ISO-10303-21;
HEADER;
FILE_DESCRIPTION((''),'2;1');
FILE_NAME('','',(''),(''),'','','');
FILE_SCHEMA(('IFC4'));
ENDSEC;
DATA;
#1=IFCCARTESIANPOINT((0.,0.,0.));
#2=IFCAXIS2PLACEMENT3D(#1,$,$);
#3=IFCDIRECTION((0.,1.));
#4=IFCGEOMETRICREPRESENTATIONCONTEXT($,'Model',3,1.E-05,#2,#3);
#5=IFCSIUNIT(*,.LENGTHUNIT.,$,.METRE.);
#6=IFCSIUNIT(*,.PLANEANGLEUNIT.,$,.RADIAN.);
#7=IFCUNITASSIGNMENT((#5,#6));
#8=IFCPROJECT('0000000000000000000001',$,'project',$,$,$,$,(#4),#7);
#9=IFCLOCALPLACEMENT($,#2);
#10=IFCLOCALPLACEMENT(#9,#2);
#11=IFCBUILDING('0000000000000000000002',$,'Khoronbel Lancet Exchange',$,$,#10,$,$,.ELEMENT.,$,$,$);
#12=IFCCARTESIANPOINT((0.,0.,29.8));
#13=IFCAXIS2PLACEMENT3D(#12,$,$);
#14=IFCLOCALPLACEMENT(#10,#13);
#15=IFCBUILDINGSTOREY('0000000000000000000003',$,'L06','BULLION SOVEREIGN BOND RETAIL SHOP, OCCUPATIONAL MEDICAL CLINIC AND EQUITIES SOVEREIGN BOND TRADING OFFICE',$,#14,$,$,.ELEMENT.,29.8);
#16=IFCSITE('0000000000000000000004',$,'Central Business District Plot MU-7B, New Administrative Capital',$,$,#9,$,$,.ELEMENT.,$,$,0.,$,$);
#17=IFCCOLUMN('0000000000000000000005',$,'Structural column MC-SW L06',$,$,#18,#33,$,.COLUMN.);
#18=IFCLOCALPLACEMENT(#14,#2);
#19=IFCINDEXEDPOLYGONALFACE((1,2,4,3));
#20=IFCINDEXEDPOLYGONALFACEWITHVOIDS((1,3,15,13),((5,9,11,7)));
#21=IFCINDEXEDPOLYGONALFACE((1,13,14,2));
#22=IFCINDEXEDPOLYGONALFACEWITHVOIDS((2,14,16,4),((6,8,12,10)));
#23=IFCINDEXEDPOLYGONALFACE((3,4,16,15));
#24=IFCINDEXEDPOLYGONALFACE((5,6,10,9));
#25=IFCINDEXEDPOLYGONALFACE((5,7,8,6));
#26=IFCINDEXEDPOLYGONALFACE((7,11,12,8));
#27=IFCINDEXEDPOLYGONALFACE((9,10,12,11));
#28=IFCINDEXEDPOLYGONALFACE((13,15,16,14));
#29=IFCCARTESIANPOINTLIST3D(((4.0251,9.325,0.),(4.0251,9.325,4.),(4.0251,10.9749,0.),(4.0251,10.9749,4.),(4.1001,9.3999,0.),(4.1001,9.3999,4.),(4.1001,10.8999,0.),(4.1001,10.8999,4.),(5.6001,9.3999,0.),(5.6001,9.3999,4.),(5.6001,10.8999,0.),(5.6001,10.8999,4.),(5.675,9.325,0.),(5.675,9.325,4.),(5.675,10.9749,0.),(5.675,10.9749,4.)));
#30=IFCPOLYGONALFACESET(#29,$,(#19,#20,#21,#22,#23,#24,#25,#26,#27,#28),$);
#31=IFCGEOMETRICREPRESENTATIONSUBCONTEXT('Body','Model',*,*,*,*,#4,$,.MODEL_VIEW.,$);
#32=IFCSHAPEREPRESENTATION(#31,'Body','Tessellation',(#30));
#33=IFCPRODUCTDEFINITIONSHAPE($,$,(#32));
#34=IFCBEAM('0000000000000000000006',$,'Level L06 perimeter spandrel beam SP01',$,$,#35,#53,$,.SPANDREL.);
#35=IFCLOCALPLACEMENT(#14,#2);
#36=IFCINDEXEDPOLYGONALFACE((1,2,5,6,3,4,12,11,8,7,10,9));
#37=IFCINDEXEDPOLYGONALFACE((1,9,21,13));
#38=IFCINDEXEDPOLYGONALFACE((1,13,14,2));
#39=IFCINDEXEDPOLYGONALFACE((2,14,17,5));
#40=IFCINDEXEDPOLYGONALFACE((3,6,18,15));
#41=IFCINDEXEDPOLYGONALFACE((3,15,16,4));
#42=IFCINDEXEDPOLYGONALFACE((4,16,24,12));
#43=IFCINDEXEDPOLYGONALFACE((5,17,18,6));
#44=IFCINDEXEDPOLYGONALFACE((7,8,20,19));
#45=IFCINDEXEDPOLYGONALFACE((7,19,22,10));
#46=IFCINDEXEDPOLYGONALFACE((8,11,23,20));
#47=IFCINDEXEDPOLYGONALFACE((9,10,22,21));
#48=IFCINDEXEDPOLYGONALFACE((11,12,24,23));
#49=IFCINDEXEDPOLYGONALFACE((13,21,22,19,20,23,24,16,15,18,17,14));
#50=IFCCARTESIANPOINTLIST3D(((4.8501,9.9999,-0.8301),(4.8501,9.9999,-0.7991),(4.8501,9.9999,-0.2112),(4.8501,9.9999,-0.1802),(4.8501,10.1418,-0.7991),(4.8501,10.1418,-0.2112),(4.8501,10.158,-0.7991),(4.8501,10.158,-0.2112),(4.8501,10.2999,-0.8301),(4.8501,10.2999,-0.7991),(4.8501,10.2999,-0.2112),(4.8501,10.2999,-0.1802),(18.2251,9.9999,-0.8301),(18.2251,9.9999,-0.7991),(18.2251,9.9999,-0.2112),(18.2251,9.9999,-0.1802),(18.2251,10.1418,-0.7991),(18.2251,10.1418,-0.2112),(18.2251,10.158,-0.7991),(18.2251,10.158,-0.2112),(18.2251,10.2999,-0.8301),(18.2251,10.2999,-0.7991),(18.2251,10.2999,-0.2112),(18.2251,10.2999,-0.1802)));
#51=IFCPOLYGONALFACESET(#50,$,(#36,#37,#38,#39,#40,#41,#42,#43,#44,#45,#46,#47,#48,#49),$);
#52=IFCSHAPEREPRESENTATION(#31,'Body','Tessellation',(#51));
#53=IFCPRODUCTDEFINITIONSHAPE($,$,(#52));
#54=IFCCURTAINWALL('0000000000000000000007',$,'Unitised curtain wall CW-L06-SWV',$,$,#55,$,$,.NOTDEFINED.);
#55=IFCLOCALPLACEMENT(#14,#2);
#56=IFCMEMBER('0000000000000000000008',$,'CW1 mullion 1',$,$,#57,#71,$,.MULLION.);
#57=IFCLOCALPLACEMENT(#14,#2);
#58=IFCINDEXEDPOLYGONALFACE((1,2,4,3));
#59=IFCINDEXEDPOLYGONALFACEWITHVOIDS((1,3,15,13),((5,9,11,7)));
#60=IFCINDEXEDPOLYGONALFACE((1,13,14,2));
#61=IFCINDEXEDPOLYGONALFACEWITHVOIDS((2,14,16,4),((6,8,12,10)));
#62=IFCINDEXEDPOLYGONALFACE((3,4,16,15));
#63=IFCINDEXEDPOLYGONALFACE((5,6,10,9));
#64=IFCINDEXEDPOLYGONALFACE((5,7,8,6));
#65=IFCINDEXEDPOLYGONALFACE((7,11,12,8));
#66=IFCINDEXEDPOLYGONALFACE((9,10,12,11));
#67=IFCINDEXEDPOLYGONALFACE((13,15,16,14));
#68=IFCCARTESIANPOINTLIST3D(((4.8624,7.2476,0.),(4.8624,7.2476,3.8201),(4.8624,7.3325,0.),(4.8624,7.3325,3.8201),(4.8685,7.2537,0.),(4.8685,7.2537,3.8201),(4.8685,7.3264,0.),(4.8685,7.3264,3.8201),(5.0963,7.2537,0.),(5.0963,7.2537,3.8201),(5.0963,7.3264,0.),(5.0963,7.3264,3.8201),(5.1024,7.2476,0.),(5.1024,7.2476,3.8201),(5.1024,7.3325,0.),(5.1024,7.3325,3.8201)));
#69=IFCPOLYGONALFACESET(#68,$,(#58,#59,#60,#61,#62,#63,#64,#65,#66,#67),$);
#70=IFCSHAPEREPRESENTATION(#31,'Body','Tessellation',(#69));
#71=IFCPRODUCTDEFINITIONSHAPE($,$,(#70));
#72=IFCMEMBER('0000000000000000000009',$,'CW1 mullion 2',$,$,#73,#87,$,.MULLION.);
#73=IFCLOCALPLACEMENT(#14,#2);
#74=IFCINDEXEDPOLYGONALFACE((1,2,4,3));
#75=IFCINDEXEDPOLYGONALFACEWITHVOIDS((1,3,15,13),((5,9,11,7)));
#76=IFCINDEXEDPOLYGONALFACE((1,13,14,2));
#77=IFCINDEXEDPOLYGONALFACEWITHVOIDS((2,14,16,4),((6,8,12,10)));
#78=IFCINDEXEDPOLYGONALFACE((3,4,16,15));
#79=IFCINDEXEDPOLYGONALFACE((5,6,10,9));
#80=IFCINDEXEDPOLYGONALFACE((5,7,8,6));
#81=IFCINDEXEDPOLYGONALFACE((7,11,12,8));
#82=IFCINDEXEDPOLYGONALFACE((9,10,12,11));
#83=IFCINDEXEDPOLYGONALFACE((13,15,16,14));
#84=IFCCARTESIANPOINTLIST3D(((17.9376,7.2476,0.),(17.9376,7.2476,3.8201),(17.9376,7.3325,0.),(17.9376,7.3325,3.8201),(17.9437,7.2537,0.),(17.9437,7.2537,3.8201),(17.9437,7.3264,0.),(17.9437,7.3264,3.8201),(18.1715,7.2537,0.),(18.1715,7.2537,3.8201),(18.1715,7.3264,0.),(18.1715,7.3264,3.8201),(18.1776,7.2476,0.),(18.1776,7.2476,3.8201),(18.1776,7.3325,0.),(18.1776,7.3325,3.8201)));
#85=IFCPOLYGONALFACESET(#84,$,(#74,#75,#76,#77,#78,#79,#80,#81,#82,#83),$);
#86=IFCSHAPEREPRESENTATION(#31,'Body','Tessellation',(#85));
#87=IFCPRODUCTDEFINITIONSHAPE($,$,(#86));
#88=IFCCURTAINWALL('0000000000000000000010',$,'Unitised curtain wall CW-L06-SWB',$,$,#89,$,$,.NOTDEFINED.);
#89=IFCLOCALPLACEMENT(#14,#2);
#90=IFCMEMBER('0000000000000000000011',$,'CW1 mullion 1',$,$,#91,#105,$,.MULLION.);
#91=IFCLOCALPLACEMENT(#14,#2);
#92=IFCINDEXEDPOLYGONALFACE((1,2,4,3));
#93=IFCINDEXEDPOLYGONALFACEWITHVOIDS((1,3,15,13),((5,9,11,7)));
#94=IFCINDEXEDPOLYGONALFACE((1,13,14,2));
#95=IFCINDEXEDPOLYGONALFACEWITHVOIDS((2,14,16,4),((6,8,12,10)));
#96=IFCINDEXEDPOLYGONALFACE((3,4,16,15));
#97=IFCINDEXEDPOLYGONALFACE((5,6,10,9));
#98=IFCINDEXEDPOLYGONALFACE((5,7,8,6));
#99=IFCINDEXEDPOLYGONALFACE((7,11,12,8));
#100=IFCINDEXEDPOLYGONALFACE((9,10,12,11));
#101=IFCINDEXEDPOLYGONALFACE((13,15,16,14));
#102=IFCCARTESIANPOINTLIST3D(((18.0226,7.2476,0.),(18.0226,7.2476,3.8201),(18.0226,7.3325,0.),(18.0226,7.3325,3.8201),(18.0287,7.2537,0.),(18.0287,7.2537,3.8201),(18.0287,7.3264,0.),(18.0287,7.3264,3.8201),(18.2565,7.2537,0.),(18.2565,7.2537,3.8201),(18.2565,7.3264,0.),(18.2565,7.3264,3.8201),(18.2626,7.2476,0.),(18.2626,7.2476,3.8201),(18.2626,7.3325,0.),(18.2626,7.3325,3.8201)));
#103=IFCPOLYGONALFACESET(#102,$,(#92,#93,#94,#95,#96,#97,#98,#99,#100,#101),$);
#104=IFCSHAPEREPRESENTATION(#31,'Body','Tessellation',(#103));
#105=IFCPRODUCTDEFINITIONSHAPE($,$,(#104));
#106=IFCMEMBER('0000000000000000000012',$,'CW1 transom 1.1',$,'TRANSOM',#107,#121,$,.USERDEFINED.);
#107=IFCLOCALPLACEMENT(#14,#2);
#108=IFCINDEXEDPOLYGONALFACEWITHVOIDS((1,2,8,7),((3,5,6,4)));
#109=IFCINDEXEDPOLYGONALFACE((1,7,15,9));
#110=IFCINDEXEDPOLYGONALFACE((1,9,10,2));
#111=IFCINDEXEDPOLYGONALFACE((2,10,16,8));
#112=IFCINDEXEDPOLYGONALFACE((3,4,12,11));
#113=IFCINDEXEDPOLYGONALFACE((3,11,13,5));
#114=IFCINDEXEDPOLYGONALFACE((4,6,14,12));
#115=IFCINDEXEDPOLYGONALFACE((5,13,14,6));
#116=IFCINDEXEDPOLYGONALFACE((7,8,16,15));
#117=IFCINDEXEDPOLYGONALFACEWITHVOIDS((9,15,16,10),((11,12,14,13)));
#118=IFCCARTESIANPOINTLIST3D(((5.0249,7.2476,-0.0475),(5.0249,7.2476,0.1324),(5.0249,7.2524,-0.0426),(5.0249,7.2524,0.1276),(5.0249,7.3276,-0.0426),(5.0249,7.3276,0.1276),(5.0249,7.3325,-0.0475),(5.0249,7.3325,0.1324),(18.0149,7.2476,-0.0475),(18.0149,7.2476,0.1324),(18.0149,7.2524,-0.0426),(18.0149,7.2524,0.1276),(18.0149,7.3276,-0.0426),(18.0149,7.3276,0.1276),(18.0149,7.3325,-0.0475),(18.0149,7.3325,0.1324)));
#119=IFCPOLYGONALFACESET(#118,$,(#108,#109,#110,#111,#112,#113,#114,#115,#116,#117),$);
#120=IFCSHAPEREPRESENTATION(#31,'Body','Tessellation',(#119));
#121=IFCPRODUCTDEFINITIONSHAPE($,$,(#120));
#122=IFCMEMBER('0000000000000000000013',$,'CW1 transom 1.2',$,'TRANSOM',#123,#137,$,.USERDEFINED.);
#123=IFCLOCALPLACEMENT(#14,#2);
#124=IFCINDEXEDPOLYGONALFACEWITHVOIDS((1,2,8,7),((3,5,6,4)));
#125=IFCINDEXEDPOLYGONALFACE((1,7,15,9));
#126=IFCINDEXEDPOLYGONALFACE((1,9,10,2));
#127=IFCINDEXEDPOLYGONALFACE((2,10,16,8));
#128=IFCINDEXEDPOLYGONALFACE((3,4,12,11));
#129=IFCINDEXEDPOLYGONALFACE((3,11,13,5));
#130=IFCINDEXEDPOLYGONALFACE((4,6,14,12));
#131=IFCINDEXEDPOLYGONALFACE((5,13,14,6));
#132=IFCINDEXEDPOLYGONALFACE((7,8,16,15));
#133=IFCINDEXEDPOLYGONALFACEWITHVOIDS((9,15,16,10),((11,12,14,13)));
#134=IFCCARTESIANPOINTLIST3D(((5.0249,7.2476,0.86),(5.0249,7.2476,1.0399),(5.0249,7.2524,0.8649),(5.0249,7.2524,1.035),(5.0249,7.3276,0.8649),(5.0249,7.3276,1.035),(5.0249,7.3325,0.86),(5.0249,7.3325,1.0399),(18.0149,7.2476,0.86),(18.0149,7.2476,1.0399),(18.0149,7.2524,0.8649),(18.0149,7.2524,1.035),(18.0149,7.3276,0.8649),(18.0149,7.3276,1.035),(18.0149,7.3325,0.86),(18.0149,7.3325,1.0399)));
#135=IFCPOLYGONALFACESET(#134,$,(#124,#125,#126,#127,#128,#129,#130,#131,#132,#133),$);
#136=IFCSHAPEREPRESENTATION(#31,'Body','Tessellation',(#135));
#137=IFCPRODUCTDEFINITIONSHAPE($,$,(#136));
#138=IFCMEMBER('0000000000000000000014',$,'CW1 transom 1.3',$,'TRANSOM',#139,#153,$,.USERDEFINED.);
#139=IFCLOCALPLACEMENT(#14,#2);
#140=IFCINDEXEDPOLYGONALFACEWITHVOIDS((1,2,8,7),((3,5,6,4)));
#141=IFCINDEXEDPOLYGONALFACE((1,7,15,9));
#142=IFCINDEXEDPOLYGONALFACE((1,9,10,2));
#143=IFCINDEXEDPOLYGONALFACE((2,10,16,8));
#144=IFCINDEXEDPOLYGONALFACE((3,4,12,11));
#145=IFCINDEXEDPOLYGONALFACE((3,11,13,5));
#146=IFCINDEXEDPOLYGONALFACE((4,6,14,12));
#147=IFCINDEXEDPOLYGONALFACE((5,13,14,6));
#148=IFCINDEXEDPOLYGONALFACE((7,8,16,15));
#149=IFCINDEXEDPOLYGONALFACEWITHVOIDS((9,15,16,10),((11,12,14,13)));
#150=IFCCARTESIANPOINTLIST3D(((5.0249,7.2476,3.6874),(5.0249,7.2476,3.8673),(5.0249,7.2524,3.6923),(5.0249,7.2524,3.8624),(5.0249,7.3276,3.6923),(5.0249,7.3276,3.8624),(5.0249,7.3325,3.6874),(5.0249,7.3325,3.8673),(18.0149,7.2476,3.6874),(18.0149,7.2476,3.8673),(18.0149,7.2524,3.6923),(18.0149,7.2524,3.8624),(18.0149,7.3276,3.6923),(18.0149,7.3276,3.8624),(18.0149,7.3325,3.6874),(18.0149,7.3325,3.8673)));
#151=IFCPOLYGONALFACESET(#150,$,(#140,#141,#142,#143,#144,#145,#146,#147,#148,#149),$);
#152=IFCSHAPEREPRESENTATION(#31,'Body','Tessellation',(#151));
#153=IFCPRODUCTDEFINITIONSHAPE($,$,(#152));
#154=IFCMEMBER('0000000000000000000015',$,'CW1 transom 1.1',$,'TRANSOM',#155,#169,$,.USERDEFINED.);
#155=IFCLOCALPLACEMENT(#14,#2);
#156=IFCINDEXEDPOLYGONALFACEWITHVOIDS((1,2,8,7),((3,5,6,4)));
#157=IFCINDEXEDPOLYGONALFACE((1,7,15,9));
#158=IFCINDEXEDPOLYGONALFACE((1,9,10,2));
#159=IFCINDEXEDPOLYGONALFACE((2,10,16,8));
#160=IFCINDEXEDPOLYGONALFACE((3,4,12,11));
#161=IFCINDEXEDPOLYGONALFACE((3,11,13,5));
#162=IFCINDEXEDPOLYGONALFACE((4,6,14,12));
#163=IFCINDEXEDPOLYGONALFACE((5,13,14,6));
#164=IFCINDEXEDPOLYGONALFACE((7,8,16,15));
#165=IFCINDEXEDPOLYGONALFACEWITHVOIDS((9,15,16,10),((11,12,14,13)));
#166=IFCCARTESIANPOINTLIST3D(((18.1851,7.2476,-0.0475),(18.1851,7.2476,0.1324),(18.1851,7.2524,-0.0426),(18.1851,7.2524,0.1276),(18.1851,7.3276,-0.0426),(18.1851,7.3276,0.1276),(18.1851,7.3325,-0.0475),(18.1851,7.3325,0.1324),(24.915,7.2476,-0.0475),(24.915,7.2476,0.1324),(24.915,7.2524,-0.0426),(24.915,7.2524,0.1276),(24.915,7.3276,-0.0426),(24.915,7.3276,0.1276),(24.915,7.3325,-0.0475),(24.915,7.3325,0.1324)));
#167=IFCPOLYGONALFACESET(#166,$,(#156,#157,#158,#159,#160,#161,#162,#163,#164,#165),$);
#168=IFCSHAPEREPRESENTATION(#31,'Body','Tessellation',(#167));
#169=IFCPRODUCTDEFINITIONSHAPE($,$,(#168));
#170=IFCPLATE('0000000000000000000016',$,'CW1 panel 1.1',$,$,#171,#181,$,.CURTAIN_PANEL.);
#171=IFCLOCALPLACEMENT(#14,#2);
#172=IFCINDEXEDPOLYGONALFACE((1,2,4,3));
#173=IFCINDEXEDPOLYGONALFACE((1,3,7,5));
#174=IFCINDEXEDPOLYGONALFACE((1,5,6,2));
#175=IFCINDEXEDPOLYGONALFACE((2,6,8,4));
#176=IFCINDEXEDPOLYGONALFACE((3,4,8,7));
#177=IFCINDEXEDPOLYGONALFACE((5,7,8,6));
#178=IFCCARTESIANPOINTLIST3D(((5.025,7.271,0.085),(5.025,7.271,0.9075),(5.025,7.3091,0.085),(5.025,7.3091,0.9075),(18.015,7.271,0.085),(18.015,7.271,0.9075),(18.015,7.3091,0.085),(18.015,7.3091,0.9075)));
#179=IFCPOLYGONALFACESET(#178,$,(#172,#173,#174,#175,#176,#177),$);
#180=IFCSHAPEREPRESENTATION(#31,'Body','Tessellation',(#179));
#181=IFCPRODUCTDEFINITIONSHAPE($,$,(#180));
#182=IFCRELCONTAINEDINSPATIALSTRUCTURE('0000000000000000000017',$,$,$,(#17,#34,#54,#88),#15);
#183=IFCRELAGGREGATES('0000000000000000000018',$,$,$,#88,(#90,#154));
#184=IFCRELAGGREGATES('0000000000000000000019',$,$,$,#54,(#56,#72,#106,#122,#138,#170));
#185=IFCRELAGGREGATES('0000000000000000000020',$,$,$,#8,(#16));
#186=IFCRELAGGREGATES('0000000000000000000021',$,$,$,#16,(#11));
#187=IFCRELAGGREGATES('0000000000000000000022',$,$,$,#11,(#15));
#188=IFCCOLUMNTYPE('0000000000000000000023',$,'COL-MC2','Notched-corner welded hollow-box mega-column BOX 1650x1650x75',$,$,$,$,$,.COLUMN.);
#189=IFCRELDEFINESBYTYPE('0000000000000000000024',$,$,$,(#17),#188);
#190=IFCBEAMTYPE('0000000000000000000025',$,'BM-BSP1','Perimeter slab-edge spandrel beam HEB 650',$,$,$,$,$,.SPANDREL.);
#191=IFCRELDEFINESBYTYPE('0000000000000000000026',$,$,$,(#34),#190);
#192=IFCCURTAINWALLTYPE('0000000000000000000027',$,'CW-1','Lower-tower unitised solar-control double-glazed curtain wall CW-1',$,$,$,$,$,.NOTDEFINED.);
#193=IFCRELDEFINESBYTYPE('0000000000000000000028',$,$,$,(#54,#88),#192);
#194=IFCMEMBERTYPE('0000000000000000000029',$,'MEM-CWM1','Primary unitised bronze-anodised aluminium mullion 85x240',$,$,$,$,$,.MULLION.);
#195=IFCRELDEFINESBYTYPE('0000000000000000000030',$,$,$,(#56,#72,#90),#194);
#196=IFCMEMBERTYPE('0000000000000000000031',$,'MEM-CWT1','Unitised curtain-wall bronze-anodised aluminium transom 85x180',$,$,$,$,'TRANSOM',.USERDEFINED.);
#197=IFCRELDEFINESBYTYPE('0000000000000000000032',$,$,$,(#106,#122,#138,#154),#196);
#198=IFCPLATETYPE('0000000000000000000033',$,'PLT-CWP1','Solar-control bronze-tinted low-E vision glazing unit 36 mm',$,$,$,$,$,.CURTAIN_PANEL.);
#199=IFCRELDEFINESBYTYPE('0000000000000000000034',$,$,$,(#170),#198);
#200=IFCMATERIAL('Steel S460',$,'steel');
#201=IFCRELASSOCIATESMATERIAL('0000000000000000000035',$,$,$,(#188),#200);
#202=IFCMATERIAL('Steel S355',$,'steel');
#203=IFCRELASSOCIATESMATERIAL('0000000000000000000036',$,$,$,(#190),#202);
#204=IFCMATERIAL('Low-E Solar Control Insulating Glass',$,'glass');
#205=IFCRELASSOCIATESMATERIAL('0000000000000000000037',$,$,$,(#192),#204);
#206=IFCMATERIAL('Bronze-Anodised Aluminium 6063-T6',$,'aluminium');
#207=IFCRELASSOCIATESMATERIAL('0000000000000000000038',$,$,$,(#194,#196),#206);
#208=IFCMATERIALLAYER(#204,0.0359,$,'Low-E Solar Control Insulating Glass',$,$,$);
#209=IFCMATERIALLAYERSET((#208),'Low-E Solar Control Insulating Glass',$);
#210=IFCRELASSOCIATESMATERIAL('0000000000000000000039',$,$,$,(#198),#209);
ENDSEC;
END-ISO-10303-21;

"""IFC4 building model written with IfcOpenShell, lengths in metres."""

from ifc_helpers import new_model, si_unit, direction, frame, origin, origin_2d, place, context, subcontext, project, spatial, rectangle, hollow_rectangle, i_section, extrude, material, layer, layer_set, material_profile, profile_set, type_object, element, aggregate, save


model = new_model("IFC4")

# Units and contexts
model_context = context("Model", 3, precision=1e-05, world=origin(), true_north=direction((0.0, 1.0)))
body_context = subcontext(model_context, "Body", "Model", "MODEL_VIEW")
ifc_project = project(units=[si_unit("LENGTHUNIT", "METRE"), si_unit("PLANEANGLEUNIT", "RADIAN")], contexts=[model_context])

# Site, building, storey
site_placement = place(None, origin())
site = spatial("IfcSite", under=ifc_project, at=site_placement, Name="Central Business District Plot MU-7B, New Administrative Capital", CompositionType="ELEMENT", RefElevation=0.0)
building_placement = place(site_placement, origin())
building = spatial("IfcBuilding", under=site, at=building_placement, Name="Khoronbel Lancet Exchange", CompositionType="ELEMENT")
storey_placement = place(building_placement, frame((0.0, 0.0, 29.8)))
storey = spatial("IfcBuildingStorey", under=building, at=storey_placement, Name="L06", Description="BULLION SOVEREIGN BOND RETAIL SHOP, OCCUPATIONAL MEDICAL CLINIC AND EQUITIES SOVEREIGN BOND TRADING OFFICE", CompositionType="ELEMENT", Elevation=29.8)

# Column
ifc_material_1 = material(Name="Steel S460", Category="steel")
ifc_material_profile_1 = material_profile(ifc_material_1, hollow_rectangle(XDim=1.6499, YDim=1.6499, WallThickness=0.075, at=origin_2d()), Name="BOX 1650x1650x75")
ifc_profile_set_1 = profile_set([ifc_material_profile_1], Name="Steel S460")
column_type = type_object("IfcColumnType", Name="COL-MC2", Description="Notched-corner welded hollow-box mega-column BOX 1650x1650x75", PredefinedType="COLUMN", material=ifc_profile_set_1)
column_placement = place(storey_placement, frame((4.8501, 10.1499, 0.0), z_axis=(0.0, 0.0, 1.0), x_axis=(1.0, 0.0, 0.0)))
element("IfcColumn", 1, at=column_placement, inside=storey, type_object=column_type, Name="Structural column MC-SW L06", PredefinedType="COLUMN", context=body_context, shape_type="SweptSolid", body=[
    extrude(hollow_rectangle(XDim=1.6499, YDim=1.6499, WallThickness=0.075, at=origin_2d()), origin(), (0.0, 0.0, 1.0), 4.0),
])

# Beam
ifc_material_2 = material(Name="Steel S355", Category="steel")
ifc_material_profile_2 = material_profile(ifc_material_2, i_section(OverallWidth=0.3, OverallDepth=0.6499, WebThickness=0.0161, FlangeThickness=0.031, at=origin_2d()), Name="HEB 650")
ifc_profile_set_2 = profile_set([ifc_material_profile_2], Name="Steel S355")
beam_type = type_object("IfcBeamType", Name="BM-BSP1", Description="Perimeter slab-edge spandrel beam HEB 650", PredefinedType="SPANDREL", material=ifc_profile_set_2)
beam_placement = place(storey_placement, frame((4.8501, 10.1499, -0.5051), z_axis=(1.0, 0.0, 0.0), x_axis=(0.0, 1.0, 0.0)))
element("IfcBeam", 2, at=beam_placement, inside=storey, type_object=beam_type, Name="Level L06 perimeter spandrel beam SP01", PredefinedType="SPANDREL", context=body_context, shape_type="SweptSolid", body=[
    extrude(i_section(OverallWidth=0.3, OverallDepth=0.6499, WebThickness=0.0161, FlangeThickness=0.031, at=origin_2d()), origin(), (0.0, 0.0, 1.0), 13.375),
])

# Curtain wall, members
ifc_material_3 = material(Name="Low-E Solar Control Insulating Glass", Category="glass")
curtain_wall_type = type_object("IfcCurtainWallType", Name="CW-1", Description="Lower-tower unitised solar-control double-glazed curtain wall CW-1", PredefinedType="NOTDEFINED", material=ifc_material_3)
curtain_wall_1_placement = place(storey_placement, origin())
curtain_wall_1 = element("IfcCurtainWall", 3, at=curtain_wall_1_placement, inside=storey, type_object=curtain_wall_type, Name="Unitised curtain wall CW-L06-SWV", PredefinedType="NOTDEFINED")
ifc_material_4 = material(Name="Bronze-Anodised Aluminium 6063-T6", Category="aluminium")
ifc_material_profile_3 = material_profile(ifc_material_4, hollow_rectangle(XDim=0.085, YDim=0.24, WallThickness=0.0061, at=origin_2d()), Name="ALU MULLION 85x240")
ifc_profile_set_3 = profile_set([ifc_material_profile_3], Name="Bronze-Anodised Aluminium 6063-T6")
member_type_1 = type_object("IfcMemberType", Name="MEM-CWM1", Description="Primary unitised bronze-anodised aluminium mullion 85x240", PredefinedType="MULLION", material=ifc_profile_set_3)
member_1_placement = place(storey_placement, frame((4.9824, 7.29, 0.0), z_axis=(0.0, 0.0, 1.0), x_axis=(0.0, 1.0, 0.0)))
member_1 = element("IfcMember", 4, at=member_1_placement, type_object=member_type_1, Name="CW1 mullion 1", PredefinedType="MULLION", context=body_context, shape_type="SweptSolid", body=[
    extrude(hollow_rectangle(XDim=0.085, YDim=0.24, WallThickness=0.0061, at=origin_2d()), origin(), (0.0, 0.0, 1.0), 3.8201),
])
member_2_placement = place(storey_placement, frame((18.0576, 7.29, 0.0), z_axis=(0.0, 0.0, 1.0), x_axis=(0.0, 1.0, 0.0)))
member_2 = element("IfcMember", 5, at=member_2_placement, type_object=member_type_1, Name="CW1 mullion 2", PredefinedType="MULLION", context=body_context, shape_type="SweptSolid", body=[
    extrude(hollow_rectangle(XDim=0.085, YDim=0.24, WallThickness=0.0061, at=origin_2d()), origin(), (0.0, 0.0, 1.0), 3.8201),
])

# Curtain wall, member
curtain_wall_2_placement = place(storey_placement, origin())
curtain_wall_2 = element("IfcCurtainWall", 6, at=curtain_wall_2_placement, inside=storey, type_object=curtain_wall_type, Name="Unitised curtain wall CW-L06-SWB", PredefinedType="NOTDEFINED")
member_3_placement = place(storey_placement, frame((18.1426, 7.29, 0.0), z_axis=(0.0, 0.0, 1.0), x_axis=(0.0, 1.0, 0.0)))
member_3 = element("IfcMember", 7, at=member_3_placement, type_object=member_type_1, Name="CW1 mullion 1", PredefinedType="MULLION", context=body_context, shape_type="SweptSolid", body=[
    extrude(hollow_rectangle(XDim=0.085, YDim=0.24, WallThickness=0.0061, at=origin_2d()), origin(), (0.0, 0.0, 1.0), 3.8201),
])

# Members
ifc_material_profile_4 = material_profile(ifc_material_4, hollow_rectangle(XDim=0.085, YDim=0.1799, WallThickness=0.0049, at=origin_2d()), Name="ALU TRANSOM 85x180")
ifc_profile_set_4 = profile_set([ifc_material_profile_4], Name="Bronze-Anodised Aluminium 6063-T6")
member_type_2 = type_object("IfcMemberType", Name="MEM-CWT1", Description="Unitised curtain-wall bronze-anodised aluminium transom 85x180", ElementType="TRANSOM", PredefinedType="USERDEFINED", material=ifc_profile_set_4)
member_4_placement = place(storey_placement, frame((5.0249, 7.29, 0.0425), z_axis=(1.0, 0.0, 0.0), x_axis=(0.0, 1.0, 0.0)))
member_4 = element("IfcMember", 8, at=member_4_placement, type_object=member_type_2, Name="CW1 transom 1.1", ObjectType="TRANSOM", PredefinedType="USERDEFINED", context=body_context, shape_type="SweptSolid", body=[
    extrude(hollow_rectangle(XDim=0.085, YDim=0.1799, WallThickness=0.0049, at=origin_2d()), origin(), (0.0, 0.0, 1.0), 12.99),
])
member_5_placement = place(storey_placement, frame((5.0249, 7.29, 0.95), z_axis=(1.0, 0.0, 0.0), x_axis=(0.0, 1.0, 0.0)))
member_5 = element("IfcMember", 9, at=member_5_placement, type_object=member_type_2, Name="CW1 transom 1.2", ObjectType="TRANSOM", PredefinedType="USERDEFINED", context=body_context, shape_type="SweptSolid", body=[
    extrude(hollow_rectangle(XDim=0.085, YDim=0.1799, WallThickness=0.0049, at=origin_2d()), origin(), (0.0, 0.0, 1.0), 12.99),
])
member_6_placement = place(storey_placement, frame((5.0249, 7.29, 3.7773), z_axis=(1.0, 0.0, 0.0), x_axis=(0.0, 1.0, 0.0)))
member_6 = element("IfcMember", 10, at=member_6_placement, type_object=member_type_2, Name="CW1 transom 1.3", ObjectType="TRANSOM", PredefinedType="USERDEFINED", context=body_context, shape_type="SweptSolid", body=[
    extrude(hollow_rectangle(XDim=0.085, YDim=0.1799, WallThickness=0.0049, at=origin_2d()), origin(), (0.0, 0.0, 1.0), 12.99),
])
member_7_placement = place(storey_placement, frame((18.1851, 7.29, 0.0425), z_axis=(1.0, 0.0, 0.0), x_axis=(0.0, 1.0, 0.0)))
member_7 = element("IfcMember", 11, at=member_7_placement, type_object=member_type_2, Name="CW1 transom 1.1", ObjectType="TRANSOM", PredefinedType="USERDEFINED", context=body_context, shape_type="SweptSolid", body=[
    extrude(hollow_rectangle(XDim=0.085, YDim=0.1799, WallThickness=0.0049, at=origin_2d()), origin(), (0.0, 0.0, 1.0), 6.73),
])
aggregate(curtain_wall_2, [member_3, member_7])

# Plate
ifc_layer_1 = layer(ifc_material_3, 0.0359, Name="Low-E Solar Control Insulating Glass")
ifc_layer_set_1 = layer_set([ifc_layer_1], Name="Low-E Solar Control Insulating Glass")
plate_type = type_object("IfcPlateType", Name="PLT-CWP1", Description="Solar-control bronze-tinted low-E vision glazing unit 36 mm", PredefinedType="CURTAIN_PANEL", material=ifc_layer_set_1)
plate_1_placement = place(storey_placement, frame((11.52, 7.29, 0.085), z_axis=(0.0, 0.0, 1.0), x_axis=(1.0, 0.0, 0.0)))
plate_1 = element("IfcPlate", 12, at=plate_1_placement, type_object=plate_type, Name="CW1 panel 1.1", PredefinedType="CURTAIN_PANEL", context=body_context, shape_type="SweptSolid", body=[
    extrude(rectangle(XDim=12.99, YDim=0.0381, at=origin_2d()), origin(), (0.0, 0.0, 1.0), 0.8225),
])
aggregate(curtain_wall_1, [member_1, member_2, member_4, member_5, member_6, plate_1])

save(model, "model.ifc")
